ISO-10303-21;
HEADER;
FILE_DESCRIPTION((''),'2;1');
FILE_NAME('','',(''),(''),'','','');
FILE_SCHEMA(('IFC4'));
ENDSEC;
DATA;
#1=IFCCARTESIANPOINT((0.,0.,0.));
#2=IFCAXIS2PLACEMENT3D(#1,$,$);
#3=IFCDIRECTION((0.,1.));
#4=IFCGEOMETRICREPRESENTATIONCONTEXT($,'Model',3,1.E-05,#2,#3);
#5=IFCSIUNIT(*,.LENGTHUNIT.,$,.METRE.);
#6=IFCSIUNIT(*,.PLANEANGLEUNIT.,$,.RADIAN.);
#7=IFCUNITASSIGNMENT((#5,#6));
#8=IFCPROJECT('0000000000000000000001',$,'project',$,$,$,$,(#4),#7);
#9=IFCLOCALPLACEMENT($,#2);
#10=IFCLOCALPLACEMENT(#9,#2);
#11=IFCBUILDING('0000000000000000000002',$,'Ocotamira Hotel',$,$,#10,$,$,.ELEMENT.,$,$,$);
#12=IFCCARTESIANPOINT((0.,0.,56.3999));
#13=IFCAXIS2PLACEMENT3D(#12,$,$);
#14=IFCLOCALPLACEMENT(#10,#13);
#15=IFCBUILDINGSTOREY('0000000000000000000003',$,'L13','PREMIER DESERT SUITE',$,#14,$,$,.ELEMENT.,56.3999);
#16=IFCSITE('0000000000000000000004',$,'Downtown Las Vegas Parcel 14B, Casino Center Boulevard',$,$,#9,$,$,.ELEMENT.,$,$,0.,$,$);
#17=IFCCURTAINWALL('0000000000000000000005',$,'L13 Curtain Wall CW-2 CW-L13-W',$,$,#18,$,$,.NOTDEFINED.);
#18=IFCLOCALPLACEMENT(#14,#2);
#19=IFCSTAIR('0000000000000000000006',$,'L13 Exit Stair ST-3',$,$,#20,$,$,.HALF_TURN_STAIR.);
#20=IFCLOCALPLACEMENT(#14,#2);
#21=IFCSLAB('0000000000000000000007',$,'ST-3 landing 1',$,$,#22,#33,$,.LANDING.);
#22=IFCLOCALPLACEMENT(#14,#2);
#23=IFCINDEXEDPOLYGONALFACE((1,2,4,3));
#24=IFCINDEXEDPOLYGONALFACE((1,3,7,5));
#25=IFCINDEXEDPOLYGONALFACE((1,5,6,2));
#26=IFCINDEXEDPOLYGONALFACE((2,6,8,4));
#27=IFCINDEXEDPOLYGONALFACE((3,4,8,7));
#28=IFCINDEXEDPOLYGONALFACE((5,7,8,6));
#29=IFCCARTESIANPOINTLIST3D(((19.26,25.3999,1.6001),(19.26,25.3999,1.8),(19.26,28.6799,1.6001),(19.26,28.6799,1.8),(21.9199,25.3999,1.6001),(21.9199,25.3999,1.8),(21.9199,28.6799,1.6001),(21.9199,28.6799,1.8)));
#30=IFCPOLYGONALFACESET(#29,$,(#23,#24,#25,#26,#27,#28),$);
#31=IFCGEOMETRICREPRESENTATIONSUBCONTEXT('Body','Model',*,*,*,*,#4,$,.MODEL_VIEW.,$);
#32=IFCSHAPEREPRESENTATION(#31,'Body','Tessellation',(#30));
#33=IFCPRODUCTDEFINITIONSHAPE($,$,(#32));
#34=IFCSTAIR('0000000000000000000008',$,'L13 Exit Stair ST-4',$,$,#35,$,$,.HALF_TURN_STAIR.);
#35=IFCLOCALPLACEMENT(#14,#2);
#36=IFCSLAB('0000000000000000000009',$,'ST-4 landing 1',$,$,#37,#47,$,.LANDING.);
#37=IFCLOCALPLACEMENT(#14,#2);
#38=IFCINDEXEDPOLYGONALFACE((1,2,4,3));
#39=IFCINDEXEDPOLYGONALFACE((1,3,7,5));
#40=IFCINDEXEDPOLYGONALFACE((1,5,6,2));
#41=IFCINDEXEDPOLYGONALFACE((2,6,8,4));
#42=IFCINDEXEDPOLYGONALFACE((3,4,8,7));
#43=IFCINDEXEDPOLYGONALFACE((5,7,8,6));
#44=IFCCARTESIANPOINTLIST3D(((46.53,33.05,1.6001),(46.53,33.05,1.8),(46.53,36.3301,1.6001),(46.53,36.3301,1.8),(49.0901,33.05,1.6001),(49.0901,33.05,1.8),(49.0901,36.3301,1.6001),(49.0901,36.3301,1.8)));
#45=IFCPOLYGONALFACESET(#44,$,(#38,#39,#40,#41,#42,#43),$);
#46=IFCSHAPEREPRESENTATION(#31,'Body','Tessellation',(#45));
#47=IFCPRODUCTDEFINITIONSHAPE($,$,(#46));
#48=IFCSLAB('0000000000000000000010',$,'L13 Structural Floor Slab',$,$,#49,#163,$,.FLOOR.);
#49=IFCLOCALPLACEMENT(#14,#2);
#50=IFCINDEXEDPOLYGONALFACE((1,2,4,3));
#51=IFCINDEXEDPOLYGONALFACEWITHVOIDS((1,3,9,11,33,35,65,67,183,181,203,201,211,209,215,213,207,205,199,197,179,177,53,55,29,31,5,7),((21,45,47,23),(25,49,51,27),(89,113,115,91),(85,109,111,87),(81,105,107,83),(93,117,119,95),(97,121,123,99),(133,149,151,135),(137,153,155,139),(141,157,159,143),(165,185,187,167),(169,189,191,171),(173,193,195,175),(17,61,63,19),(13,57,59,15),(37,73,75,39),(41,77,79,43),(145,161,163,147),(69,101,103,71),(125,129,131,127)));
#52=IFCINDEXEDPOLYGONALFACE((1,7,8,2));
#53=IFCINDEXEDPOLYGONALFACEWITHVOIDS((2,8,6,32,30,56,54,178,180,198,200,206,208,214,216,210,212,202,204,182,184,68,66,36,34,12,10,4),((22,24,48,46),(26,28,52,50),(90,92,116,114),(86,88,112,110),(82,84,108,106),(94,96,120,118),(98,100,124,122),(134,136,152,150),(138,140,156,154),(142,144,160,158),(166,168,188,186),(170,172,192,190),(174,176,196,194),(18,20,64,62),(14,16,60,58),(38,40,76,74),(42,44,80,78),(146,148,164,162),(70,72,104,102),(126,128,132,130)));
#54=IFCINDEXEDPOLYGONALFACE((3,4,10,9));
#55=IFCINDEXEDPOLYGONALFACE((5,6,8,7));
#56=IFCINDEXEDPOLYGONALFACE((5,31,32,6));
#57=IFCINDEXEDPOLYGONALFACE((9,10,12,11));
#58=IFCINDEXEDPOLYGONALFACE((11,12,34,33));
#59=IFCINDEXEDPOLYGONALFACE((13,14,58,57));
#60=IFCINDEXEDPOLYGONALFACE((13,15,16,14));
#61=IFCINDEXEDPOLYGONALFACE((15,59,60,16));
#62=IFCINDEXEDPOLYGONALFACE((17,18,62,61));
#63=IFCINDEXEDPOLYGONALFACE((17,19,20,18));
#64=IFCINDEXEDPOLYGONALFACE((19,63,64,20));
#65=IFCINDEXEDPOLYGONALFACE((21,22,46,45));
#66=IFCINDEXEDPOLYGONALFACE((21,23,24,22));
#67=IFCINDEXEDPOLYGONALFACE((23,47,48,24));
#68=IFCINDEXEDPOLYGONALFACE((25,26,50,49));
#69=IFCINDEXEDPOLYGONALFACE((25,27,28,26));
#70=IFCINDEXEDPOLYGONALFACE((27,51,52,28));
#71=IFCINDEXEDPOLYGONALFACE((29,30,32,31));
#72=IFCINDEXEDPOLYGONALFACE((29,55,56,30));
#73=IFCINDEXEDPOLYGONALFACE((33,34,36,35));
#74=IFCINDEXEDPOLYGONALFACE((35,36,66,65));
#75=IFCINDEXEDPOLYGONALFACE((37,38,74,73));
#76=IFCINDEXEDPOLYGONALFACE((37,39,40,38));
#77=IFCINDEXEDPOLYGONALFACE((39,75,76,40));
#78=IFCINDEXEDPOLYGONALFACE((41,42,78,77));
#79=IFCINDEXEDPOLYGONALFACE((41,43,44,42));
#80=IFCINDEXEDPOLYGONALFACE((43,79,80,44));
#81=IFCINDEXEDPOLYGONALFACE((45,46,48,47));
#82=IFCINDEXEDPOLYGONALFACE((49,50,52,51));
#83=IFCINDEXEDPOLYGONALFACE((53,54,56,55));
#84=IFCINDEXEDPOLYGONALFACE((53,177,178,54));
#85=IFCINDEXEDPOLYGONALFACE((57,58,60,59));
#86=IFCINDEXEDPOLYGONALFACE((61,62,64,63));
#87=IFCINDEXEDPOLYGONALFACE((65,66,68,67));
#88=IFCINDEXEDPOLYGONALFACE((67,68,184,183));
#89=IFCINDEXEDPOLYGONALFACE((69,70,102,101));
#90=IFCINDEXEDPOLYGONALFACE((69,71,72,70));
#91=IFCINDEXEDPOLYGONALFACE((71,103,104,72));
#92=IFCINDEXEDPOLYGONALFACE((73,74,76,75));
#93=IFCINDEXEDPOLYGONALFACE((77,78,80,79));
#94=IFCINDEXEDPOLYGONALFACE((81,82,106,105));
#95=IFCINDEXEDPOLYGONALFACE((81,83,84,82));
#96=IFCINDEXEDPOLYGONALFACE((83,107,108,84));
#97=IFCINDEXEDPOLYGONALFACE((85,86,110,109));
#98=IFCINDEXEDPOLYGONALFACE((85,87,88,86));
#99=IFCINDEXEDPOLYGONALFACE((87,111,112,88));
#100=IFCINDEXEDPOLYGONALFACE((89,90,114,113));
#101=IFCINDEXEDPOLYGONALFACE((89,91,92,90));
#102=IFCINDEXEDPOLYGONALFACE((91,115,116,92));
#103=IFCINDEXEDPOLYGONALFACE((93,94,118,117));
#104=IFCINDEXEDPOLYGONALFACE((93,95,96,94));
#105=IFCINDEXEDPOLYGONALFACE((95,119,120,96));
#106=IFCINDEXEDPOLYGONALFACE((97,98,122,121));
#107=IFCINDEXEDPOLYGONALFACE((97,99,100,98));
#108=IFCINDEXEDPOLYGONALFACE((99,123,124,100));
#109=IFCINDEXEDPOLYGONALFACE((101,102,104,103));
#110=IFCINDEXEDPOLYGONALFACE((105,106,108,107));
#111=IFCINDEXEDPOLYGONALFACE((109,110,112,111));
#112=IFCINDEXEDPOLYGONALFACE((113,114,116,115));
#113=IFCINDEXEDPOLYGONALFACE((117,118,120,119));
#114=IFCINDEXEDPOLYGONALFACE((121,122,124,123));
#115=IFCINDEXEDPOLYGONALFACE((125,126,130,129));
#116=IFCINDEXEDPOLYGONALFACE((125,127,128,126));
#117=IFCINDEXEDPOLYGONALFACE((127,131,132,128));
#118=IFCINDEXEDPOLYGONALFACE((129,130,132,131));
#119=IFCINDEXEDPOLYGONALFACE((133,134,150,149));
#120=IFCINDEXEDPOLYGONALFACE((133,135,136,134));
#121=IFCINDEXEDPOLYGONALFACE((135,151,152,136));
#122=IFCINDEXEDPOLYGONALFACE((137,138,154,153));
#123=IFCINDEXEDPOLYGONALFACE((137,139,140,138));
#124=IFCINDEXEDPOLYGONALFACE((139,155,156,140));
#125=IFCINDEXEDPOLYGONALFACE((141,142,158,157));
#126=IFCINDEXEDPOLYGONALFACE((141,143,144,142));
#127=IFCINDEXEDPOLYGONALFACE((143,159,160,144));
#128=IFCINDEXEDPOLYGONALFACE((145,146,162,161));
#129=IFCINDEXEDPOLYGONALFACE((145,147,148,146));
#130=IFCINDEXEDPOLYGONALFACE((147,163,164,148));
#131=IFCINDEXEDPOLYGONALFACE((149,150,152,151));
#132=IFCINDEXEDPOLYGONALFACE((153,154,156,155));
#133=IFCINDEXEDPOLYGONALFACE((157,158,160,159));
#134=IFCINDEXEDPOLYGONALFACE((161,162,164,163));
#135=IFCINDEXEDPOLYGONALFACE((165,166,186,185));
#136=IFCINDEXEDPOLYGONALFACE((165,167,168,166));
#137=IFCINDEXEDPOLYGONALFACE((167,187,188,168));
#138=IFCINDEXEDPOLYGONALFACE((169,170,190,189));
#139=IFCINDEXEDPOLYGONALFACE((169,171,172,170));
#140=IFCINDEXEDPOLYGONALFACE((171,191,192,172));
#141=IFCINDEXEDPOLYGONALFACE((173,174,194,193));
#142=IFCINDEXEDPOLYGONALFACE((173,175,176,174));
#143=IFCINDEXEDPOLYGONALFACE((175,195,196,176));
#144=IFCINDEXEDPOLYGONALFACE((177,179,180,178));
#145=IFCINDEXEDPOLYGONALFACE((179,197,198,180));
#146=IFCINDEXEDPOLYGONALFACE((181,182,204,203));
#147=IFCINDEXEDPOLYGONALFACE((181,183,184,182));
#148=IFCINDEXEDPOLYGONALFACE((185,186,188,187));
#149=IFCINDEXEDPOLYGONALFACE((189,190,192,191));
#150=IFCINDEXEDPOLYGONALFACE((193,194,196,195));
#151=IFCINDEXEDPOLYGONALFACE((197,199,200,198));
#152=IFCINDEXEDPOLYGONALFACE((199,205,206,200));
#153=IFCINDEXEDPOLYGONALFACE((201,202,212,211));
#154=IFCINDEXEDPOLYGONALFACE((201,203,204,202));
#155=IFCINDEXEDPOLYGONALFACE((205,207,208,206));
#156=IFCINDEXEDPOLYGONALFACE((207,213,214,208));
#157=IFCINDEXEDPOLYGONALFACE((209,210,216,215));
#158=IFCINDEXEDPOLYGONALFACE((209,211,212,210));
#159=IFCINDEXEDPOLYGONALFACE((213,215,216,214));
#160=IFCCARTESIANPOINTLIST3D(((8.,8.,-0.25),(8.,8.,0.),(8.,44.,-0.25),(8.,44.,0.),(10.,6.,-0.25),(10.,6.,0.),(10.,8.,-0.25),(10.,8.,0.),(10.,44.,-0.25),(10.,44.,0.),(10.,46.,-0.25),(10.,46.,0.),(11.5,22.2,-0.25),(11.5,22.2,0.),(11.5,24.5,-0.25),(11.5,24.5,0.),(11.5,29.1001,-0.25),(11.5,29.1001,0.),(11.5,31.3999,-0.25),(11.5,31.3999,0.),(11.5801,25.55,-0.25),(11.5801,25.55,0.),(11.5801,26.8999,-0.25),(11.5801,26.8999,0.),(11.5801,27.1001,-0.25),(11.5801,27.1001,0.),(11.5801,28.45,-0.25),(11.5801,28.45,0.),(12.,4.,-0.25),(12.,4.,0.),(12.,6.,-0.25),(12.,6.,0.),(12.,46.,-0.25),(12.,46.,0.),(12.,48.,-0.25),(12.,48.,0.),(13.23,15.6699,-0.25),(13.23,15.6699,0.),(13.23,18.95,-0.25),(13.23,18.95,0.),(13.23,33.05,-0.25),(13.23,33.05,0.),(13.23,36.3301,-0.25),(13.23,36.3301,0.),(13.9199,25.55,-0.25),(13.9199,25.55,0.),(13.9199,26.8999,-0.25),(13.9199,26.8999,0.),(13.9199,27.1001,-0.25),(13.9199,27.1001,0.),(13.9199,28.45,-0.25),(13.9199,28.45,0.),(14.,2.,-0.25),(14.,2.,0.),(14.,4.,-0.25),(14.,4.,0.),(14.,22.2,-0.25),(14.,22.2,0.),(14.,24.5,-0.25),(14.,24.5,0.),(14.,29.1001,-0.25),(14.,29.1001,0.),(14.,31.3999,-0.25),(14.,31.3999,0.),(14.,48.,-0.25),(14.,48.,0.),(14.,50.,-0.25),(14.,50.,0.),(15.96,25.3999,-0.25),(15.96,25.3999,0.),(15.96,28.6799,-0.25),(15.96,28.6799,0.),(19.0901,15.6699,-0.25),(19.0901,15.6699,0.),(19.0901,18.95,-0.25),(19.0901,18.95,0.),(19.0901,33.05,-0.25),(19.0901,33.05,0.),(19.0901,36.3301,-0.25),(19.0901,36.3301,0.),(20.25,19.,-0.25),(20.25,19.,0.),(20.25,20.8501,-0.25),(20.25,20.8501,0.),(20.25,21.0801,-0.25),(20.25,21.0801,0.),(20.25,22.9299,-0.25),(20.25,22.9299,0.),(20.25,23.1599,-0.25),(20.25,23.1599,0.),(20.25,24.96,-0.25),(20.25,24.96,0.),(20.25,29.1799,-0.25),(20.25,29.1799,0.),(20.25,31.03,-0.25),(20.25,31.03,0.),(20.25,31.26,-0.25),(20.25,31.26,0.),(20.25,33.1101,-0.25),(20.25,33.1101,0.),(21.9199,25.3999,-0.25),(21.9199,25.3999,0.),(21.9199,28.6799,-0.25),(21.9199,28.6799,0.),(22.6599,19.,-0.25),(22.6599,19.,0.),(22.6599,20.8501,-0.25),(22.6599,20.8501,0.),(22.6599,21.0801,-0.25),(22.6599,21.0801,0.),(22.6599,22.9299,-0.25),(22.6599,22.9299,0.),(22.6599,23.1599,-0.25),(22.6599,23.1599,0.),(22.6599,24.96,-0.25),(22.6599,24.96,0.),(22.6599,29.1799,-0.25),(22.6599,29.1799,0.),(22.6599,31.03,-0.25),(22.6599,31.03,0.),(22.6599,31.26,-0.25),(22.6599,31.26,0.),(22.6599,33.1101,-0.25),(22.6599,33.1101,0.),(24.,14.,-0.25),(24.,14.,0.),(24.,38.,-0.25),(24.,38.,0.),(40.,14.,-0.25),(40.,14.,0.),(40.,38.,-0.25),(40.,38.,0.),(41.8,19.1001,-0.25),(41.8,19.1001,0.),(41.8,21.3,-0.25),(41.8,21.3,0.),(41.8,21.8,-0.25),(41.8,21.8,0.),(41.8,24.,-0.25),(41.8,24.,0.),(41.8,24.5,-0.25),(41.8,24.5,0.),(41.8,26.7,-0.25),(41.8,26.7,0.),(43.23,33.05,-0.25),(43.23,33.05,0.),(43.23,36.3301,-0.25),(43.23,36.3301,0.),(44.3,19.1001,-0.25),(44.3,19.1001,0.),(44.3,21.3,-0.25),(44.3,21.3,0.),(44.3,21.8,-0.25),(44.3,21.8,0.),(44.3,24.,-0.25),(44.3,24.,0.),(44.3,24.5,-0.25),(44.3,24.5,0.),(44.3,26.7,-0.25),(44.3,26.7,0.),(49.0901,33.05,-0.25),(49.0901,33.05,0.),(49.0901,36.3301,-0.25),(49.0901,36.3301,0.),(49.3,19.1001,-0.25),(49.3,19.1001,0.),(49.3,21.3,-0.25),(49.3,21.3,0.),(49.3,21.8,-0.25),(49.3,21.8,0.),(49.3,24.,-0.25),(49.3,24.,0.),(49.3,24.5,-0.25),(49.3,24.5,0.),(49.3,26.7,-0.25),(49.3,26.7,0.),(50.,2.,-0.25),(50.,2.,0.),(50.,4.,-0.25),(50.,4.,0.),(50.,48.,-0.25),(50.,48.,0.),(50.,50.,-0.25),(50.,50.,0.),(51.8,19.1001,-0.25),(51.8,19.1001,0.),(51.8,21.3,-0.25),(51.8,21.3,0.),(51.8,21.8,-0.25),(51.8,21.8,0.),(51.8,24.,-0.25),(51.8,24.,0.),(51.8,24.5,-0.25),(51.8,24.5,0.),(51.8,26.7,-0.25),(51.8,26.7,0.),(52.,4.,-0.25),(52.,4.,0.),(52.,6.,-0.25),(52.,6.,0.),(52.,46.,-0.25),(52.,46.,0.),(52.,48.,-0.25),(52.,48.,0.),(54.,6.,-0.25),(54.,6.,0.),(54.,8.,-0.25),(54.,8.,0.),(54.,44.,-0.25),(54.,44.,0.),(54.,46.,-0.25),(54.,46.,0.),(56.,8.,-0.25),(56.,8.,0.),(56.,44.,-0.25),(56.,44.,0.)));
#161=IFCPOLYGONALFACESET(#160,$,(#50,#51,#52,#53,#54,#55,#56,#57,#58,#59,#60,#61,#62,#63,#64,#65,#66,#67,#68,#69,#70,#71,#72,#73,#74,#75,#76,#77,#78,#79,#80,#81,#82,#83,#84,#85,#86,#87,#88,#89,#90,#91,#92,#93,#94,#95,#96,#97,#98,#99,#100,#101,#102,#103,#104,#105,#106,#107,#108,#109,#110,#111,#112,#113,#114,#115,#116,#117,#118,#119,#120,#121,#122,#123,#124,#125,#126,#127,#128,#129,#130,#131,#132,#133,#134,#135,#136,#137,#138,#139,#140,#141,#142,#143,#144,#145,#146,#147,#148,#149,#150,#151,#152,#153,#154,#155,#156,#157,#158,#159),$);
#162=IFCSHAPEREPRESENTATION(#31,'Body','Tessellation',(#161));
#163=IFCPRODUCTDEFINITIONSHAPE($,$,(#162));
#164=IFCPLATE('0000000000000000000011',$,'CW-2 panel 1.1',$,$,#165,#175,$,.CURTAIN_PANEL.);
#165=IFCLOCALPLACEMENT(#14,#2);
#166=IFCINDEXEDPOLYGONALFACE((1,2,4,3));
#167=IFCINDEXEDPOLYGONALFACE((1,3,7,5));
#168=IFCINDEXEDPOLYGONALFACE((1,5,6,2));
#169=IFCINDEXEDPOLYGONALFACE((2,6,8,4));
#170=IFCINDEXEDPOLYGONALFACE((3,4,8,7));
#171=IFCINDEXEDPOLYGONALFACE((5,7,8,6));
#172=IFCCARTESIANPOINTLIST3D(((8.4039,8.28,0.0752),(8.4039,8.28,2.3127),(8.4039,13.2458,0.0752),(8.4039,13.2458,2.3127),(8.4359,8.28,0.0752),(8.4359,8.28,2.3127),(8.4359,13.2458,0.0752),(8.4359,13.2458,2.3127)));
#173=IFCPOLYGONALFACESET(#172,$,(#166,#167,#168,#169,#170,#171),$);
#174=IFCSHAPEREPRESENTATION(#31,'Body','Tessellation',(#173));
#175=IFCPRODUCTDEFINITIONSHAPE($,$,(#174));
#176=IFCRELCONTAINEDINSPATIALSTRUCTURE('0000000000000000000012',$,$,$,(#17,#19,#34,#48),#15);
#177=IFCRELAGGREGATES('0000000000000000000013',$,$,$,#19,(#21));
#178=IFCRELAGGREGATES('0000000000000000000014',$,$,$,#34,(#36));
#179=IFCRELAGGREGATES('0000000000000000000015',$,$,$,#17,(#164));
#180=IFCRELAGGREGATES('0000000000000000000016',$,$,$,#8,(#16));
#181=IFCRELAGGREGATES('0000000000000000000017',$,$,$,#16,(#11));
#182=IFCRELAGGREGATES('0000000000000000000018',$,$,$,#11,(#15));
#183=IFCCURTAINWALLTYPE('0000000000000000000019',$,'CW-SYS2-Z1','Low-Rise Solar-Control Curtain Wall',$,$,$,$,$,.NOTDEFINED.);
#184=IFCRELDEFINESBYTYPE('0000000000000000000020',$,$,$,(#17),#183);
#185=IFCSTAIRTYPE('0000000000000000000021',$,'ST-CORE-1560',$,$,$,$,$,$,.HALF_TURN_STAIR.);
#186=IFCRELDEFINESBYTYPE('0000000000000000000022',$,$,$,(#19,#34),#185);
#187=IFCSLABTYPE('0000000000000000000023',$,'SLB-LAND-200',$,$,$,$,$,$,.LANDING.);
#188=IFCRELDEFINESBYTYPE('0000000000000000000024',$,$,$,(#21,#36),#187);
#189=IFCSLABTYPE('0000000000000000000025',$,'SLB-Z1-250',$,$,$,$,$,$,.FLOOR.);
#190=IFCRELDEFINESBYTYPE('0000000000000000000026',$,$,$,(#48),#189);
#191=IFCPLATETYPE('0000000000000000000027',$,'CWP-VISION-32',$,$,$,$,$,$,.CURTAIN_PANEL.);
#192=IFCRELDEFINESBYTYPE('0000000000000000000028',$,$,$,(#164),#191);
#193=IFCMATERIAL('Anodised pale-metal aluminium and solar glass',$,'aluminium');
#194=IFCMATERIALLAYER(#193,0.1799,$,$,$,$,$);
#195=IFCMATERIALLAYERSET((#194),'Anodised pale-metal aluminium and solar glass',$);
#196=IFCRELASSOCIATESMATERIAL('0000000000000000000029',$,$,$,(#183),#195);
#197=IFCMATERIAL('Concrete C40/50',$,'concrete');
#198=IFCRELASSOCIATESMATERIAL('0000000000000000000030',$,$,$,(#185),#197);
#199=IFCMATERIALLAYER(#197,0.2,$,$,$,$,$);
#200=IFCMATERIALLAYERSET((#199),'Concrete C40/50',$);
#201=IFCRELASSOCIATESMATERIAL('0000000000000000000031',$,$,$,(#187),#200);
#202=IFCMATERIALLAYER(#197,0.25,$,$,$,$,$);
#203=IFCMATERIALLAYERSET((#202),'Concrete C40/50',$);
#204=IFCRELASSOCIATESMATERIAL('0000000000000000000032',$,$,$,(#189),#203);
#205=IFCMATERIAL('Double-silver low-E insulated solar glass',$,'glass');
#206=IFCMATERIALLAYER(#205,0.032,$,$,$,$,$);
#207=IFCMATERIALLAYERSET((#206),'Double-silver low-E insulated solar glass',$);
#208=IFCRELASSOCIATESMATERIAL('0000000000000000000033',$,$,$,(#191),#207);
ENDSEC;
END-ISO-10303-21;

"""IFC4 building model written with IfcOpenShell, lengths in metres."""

from ifc_helpers import new_model, si_unit, direction, frame, origin, origin_2d, place, context, subcontext, project, spatial, polyline, rectangle, outline, extrude, source, transform, mapped, material, layer, layer_set, type_object, element, aggregate, save


model = new_model("IFC4")

# Units and contexts
model_context = context("Model", 3, precision=1e-05, world=origin(), true_north=direction((0.0, 1.0)))
body_context = subcontext(model_context, "Body", "Model", "MODEL_VIEW")
ifc_project = project(units=[si_unit("LENGTHUNIT", "METRE"), si_unit("PLANEANGLEUNIT", "RADIAN")], contexts=[model_context])

# Site, building, storey
site_placement = place(None, origin())
site = spatial("IfcSite", under=ifc_project, at=site_placement, Name="Downtown Las Vegas Parcel 14B, Casino Center Boulevard", CompositionType="ELEMENT", RefElevation=0.0)
building_placement = place(site_placement, origin())
building = spatial("IfcBuilding", under=site, at=building_placement, Name="Ocotamira Hotel", CompositionType="ELEMENT")
storey_placement = place(building_placement, frame((0.0, 0.0, 56.3999)))
storey = spatial("IfcBuildingStorey", under=building, at=storey_placement, Name="L13", Description="PREMIER DESERT SUITE", CompositionType="ELEMENT", Elevation=56.3999)

# Curtain wall
ifc_material_1 = material(Name="Anodised pale-metal aluminium and solar glass", Category="aluminium")
ifc_layer_1 = layer(ifc_material_1, 0.1799)
ifc_layer_set_1 = layer_set([ifc_layer_1], Name="Anodised pale-metal aluminium and solar glass")
curtain_wall_type = type_object("IfcCurtainWallType", Name="CW-SYS2-Z1", Description="Low-Rise Solar-Control Curtain Wall", PredefinedType="NOTDEFINED", material=ifc_layer_set_1)
curtain_wall_placement = place(storey_placement, origin())
curtain_wall = element("IfcCurtainWall", 1, at=curtain_wall_placement, inside=storey, type_object=curtain_wall_type, Name="L13 Curtain Wall CW-2 CW-L13-W", PredefinedType="NOTDEFINED")

# Stairs, slabs
ifc_material_2 = material(Name="Concrete C40/50", Category="concrete")
stair_type = type_object("IfcStairType", Name="ST-CORE-1560", PredefinedType="HALF_TURN_STAIR", material=ifc_material_2)
ifc_layer_2 = layer(ifc_material_2, 0.2)
ifc_layer_set_2 = layer_set([ifc_layer_2], Name="Concrete C40/50")
slab_type_1 = type_object("IfcSlabType", Name="SLB-LAND-200", PredefinedType="LANDING", material=ifc_layer_set_2)
stair_1_placement = place(storey_placement, origin())
stair_1 = element("IfcStair", 2, at=stair_1_placement, inside=storey, type_object=stair_type, Name="L13 Exit Stair ST-3", PredefinedType="HALF_TURN_STAIR")
slab_1_placement = place(storey_placement, frame((0.0, 0.0, 1.6001)))
slab_1 = element("IfcSlab", 3, at=slab_1_placement, type_object=slab_type_1, Name="ST-3 landing 1", PredefinedType="LANDING", context=body_context, shape_type="SweptSolid", body=[
    extrude(outline(polyline([(19.26, 25.3999), (21.9199, 25.3999), (21.9199, 28.6799), (19.26, 28.6799), (19.26, 25.3999)])), origin(), (0.0, 0.0, 1.0), 0.2),
])
aggregate(stair_1, [slab_1])
stair_2_placement = place(storey_placement, origin())
stair_2 = element("IfcStair", 4, at=stair_2_placement, inside=storey, type_object=stair_type, Name="L13 Exit Stair ST-4", PredefinedType="HALF_TURN_STAIR")
slab_2_placement = place(storey_placement, frame((0.0, 0.0, 1.6001)))
slab_2 = element("IfcSlab", 5, at=slab_2_placement, type_object=slab_type_1, Name="ST-4 landing 1", PredefinedType="LANDING", context=body_context, shape_type="SweptSolid", body=[
    extrude(outline(polyline([(46.53, 33.05), (49.0901, 33.05), (49.0901, 36.3301), (46.53, 36.3301), (46.53, 33.05)])), origin(), (0.0, 0.0, 1.0), 0.2),
])
aggregate(stair_2, [slab_2])

# Slab
ifc_layer_3 = layer(ifc_material_2, 0.25)
ifc_layer_set_3 = layer_set([ifc_layer_3], Name="Concrete C40/50")
slab_type_2 = type_object("IfcSlabType", Name="SLB-Z1-250", PredefinedType="FLOOR", material=ifc_layer_set_3)
slab_3_placement = place(storey_placement, frame((0.0, 0.0, -0.25)))
element("IfcSlab", 6, at=slab_3_placement, inside=storey, type_object=slab_type_2, Name="L13 Structural Floor Slab", PredefinedType="FLOOR", context=body_context, shape_type="SweptSolid", body=[
    extrude(outline(polyline([(14.0, 2.0), (50.0, 2.0), (50.0, 4.0), (52.0, 4.0), (52.0, 6.0), (54.0, 6.0), (54.0, 8.0), (56.0, 8.0), (56.0, 44.0), (54.0, 44.0), (54.0, 46.0), (52.0, 46.0), (52.0, 48.0), (50.0, 48.0), (50.0, 50.0), (14.0, 50.0), (14.0, 48.0), (12.0, 48.0), (12.0, 46.0), (10.0, 46.0), (10.0, 44.0), (8.0, 44.0), (8.0, 8.0), (10.0, 8.0), (10.0, 6.0), (12.0, 6.0), (12.0, 4.0), (14.0, 4.0), (14.0, 2.0)]), holes=[polyline([(24.0, 14.0), (40.0, 14.0), (40.0, 38.0), (24.0, 38.0), (24.0, 14.0)]), polyline([(13.23, 15.6699), (19.0901, 15.6699), (19.0901, 18.95), (13.23, 18.95), (13.23, 15.6699)]), polyline([(13.23, 33.05), (19.0901, 33.05), (19.0901, 36.3301), (13.23, 36.3301), (13.23, 33.05)]), polyline([(15.96, 25.3999), (21.9199, 25.3999), (21.9199, 28.6799), (15.96, 28.6799), (15.96, 25.3999)]), polyline([(43.23, 33.05), (49.0901, 33.05), (49.0901, 36.3301), (43.23, 36.3301), (43.23, 33.05)]), polyline([(49.3, 19.1001), (51.8, 19.1001), (51.8, 21.3), (49.3, 21.3), (49.3, 19.1001)]), polyline([(49.3, 21.8), (51.8, 21.8), (51.8, 24.0), (49.3, 24.0), (49.3, 21.8)]), polyline([(49.3, 24.5), (51.8, 24.5), (51.8, 26.7), (49.3, 26.7), (49.3, 24.5)]), polyline([(41.8, 19.1001), (44.3, 19.1001), (44.3, 21.3), (41.8, 21.3), (41.8, 19.1001)]), polyline([(41.8, 21.8), (44.3, 21.8), (44.3, 24.0), (41.8, 24.0), (41.8, 21.8)]), polyline([(41.8, 24.5), (44.3, 24.5), (44.3, 26.7), (41.8, 26.7), (41.8, 24.5)]), polyline([(20.25, 19.0), (22.6599, 19.0), (22.6599, 20.8501), (20.25, 20.8501), (20.25, 19.0)]), polyline([(20.25, 21.0801), (22.6599, 21.0801), (22.6599, 22.9299), (20.25, 22.9299), (20.25, 21.0801)]), polyline([(20.25, 23.1599), (22.6599, 23.1599), (22.6599, 24.96), (20.25, 24.96), (20.25, 23.1599)]), polyline([(20.25, 29.1799), (22.6599, 29.1799), (22.6599, 31.03), (20.25, 31.03), (20.25, 29.1799)]), polyline([(20.25, 31.26), (22.6599, 31.26), (22.6599, 33.1101), (20.25, 33.1101), (20.25, 31.26)]), polyline([(11.5, 22.2), (14.0, 22.2), (14.0, 24.5), (11.5, 24.5), (11.5, 22.2)]), polyline([(11.5, 29.1001), (14.0, 29.1001), (14.0, 31.3999), (11.5, 31.3999), (11.5, 29.1001)]), polyline([(11.5801, 25.55), (13.9199, 25.55), (13.9199, 26.8999), (11.5801, 26.8999), (11.5801, 25.55)]), polyline([(11.5801, 27.1001), (13.9199, 27.1001), (13.9199, 28.45), (11.5801, 28.45), (11.5801, 27.1001)])]), origin(), (0.0, 0.0, 1.0), 0.25),
])

# Plate
ifc_material_3 = material(Name="Double-silver low-E insulated solar glass", Category="glass")
ifc_layer_4 = layer(ifc_material_3, 0.032)
ifc_layer_set_4 = layer_set([ifc_layer_4], Name="Double-silver low-E insulated solar glass")
plate_type = type_object("IfcPlateType", Name="CWP-VISION-32", PredefinedType="CURTAIN_PANEL", material=ifc_layer_set_4)
shared_shape_1 = source(origin(), body_context, "Body", "SweptSolid", [
    extrude(rectangle(XDim=4.9658, YDim=0.032, at=origin_2d()), origin(), (0.0, 0.0, 1.0), 2.2375),
])
plate_1_placement = place(storey_placement, frame((8.4199, 10.7629, 0.0752), z_axis=(0.0, 0.0, 1.0), x_axis=(0.0, 1.0, 0.0)))
plate_1 = element("IfcPlate", 7, at=plate_1_placement, type_object=plate_type, Name="CW-2 panel 1.1", PredefinedType="CURTAIN_PANEL", context=body_context, shape_type="MappedRepresentation", body=[
    mapped(shared_shape_1, transform((0.0, 0.0, 0.0), scale=1.0)),
])
aggregate(curtain_wall, [plate_1])

save(model, "model.ifc")
